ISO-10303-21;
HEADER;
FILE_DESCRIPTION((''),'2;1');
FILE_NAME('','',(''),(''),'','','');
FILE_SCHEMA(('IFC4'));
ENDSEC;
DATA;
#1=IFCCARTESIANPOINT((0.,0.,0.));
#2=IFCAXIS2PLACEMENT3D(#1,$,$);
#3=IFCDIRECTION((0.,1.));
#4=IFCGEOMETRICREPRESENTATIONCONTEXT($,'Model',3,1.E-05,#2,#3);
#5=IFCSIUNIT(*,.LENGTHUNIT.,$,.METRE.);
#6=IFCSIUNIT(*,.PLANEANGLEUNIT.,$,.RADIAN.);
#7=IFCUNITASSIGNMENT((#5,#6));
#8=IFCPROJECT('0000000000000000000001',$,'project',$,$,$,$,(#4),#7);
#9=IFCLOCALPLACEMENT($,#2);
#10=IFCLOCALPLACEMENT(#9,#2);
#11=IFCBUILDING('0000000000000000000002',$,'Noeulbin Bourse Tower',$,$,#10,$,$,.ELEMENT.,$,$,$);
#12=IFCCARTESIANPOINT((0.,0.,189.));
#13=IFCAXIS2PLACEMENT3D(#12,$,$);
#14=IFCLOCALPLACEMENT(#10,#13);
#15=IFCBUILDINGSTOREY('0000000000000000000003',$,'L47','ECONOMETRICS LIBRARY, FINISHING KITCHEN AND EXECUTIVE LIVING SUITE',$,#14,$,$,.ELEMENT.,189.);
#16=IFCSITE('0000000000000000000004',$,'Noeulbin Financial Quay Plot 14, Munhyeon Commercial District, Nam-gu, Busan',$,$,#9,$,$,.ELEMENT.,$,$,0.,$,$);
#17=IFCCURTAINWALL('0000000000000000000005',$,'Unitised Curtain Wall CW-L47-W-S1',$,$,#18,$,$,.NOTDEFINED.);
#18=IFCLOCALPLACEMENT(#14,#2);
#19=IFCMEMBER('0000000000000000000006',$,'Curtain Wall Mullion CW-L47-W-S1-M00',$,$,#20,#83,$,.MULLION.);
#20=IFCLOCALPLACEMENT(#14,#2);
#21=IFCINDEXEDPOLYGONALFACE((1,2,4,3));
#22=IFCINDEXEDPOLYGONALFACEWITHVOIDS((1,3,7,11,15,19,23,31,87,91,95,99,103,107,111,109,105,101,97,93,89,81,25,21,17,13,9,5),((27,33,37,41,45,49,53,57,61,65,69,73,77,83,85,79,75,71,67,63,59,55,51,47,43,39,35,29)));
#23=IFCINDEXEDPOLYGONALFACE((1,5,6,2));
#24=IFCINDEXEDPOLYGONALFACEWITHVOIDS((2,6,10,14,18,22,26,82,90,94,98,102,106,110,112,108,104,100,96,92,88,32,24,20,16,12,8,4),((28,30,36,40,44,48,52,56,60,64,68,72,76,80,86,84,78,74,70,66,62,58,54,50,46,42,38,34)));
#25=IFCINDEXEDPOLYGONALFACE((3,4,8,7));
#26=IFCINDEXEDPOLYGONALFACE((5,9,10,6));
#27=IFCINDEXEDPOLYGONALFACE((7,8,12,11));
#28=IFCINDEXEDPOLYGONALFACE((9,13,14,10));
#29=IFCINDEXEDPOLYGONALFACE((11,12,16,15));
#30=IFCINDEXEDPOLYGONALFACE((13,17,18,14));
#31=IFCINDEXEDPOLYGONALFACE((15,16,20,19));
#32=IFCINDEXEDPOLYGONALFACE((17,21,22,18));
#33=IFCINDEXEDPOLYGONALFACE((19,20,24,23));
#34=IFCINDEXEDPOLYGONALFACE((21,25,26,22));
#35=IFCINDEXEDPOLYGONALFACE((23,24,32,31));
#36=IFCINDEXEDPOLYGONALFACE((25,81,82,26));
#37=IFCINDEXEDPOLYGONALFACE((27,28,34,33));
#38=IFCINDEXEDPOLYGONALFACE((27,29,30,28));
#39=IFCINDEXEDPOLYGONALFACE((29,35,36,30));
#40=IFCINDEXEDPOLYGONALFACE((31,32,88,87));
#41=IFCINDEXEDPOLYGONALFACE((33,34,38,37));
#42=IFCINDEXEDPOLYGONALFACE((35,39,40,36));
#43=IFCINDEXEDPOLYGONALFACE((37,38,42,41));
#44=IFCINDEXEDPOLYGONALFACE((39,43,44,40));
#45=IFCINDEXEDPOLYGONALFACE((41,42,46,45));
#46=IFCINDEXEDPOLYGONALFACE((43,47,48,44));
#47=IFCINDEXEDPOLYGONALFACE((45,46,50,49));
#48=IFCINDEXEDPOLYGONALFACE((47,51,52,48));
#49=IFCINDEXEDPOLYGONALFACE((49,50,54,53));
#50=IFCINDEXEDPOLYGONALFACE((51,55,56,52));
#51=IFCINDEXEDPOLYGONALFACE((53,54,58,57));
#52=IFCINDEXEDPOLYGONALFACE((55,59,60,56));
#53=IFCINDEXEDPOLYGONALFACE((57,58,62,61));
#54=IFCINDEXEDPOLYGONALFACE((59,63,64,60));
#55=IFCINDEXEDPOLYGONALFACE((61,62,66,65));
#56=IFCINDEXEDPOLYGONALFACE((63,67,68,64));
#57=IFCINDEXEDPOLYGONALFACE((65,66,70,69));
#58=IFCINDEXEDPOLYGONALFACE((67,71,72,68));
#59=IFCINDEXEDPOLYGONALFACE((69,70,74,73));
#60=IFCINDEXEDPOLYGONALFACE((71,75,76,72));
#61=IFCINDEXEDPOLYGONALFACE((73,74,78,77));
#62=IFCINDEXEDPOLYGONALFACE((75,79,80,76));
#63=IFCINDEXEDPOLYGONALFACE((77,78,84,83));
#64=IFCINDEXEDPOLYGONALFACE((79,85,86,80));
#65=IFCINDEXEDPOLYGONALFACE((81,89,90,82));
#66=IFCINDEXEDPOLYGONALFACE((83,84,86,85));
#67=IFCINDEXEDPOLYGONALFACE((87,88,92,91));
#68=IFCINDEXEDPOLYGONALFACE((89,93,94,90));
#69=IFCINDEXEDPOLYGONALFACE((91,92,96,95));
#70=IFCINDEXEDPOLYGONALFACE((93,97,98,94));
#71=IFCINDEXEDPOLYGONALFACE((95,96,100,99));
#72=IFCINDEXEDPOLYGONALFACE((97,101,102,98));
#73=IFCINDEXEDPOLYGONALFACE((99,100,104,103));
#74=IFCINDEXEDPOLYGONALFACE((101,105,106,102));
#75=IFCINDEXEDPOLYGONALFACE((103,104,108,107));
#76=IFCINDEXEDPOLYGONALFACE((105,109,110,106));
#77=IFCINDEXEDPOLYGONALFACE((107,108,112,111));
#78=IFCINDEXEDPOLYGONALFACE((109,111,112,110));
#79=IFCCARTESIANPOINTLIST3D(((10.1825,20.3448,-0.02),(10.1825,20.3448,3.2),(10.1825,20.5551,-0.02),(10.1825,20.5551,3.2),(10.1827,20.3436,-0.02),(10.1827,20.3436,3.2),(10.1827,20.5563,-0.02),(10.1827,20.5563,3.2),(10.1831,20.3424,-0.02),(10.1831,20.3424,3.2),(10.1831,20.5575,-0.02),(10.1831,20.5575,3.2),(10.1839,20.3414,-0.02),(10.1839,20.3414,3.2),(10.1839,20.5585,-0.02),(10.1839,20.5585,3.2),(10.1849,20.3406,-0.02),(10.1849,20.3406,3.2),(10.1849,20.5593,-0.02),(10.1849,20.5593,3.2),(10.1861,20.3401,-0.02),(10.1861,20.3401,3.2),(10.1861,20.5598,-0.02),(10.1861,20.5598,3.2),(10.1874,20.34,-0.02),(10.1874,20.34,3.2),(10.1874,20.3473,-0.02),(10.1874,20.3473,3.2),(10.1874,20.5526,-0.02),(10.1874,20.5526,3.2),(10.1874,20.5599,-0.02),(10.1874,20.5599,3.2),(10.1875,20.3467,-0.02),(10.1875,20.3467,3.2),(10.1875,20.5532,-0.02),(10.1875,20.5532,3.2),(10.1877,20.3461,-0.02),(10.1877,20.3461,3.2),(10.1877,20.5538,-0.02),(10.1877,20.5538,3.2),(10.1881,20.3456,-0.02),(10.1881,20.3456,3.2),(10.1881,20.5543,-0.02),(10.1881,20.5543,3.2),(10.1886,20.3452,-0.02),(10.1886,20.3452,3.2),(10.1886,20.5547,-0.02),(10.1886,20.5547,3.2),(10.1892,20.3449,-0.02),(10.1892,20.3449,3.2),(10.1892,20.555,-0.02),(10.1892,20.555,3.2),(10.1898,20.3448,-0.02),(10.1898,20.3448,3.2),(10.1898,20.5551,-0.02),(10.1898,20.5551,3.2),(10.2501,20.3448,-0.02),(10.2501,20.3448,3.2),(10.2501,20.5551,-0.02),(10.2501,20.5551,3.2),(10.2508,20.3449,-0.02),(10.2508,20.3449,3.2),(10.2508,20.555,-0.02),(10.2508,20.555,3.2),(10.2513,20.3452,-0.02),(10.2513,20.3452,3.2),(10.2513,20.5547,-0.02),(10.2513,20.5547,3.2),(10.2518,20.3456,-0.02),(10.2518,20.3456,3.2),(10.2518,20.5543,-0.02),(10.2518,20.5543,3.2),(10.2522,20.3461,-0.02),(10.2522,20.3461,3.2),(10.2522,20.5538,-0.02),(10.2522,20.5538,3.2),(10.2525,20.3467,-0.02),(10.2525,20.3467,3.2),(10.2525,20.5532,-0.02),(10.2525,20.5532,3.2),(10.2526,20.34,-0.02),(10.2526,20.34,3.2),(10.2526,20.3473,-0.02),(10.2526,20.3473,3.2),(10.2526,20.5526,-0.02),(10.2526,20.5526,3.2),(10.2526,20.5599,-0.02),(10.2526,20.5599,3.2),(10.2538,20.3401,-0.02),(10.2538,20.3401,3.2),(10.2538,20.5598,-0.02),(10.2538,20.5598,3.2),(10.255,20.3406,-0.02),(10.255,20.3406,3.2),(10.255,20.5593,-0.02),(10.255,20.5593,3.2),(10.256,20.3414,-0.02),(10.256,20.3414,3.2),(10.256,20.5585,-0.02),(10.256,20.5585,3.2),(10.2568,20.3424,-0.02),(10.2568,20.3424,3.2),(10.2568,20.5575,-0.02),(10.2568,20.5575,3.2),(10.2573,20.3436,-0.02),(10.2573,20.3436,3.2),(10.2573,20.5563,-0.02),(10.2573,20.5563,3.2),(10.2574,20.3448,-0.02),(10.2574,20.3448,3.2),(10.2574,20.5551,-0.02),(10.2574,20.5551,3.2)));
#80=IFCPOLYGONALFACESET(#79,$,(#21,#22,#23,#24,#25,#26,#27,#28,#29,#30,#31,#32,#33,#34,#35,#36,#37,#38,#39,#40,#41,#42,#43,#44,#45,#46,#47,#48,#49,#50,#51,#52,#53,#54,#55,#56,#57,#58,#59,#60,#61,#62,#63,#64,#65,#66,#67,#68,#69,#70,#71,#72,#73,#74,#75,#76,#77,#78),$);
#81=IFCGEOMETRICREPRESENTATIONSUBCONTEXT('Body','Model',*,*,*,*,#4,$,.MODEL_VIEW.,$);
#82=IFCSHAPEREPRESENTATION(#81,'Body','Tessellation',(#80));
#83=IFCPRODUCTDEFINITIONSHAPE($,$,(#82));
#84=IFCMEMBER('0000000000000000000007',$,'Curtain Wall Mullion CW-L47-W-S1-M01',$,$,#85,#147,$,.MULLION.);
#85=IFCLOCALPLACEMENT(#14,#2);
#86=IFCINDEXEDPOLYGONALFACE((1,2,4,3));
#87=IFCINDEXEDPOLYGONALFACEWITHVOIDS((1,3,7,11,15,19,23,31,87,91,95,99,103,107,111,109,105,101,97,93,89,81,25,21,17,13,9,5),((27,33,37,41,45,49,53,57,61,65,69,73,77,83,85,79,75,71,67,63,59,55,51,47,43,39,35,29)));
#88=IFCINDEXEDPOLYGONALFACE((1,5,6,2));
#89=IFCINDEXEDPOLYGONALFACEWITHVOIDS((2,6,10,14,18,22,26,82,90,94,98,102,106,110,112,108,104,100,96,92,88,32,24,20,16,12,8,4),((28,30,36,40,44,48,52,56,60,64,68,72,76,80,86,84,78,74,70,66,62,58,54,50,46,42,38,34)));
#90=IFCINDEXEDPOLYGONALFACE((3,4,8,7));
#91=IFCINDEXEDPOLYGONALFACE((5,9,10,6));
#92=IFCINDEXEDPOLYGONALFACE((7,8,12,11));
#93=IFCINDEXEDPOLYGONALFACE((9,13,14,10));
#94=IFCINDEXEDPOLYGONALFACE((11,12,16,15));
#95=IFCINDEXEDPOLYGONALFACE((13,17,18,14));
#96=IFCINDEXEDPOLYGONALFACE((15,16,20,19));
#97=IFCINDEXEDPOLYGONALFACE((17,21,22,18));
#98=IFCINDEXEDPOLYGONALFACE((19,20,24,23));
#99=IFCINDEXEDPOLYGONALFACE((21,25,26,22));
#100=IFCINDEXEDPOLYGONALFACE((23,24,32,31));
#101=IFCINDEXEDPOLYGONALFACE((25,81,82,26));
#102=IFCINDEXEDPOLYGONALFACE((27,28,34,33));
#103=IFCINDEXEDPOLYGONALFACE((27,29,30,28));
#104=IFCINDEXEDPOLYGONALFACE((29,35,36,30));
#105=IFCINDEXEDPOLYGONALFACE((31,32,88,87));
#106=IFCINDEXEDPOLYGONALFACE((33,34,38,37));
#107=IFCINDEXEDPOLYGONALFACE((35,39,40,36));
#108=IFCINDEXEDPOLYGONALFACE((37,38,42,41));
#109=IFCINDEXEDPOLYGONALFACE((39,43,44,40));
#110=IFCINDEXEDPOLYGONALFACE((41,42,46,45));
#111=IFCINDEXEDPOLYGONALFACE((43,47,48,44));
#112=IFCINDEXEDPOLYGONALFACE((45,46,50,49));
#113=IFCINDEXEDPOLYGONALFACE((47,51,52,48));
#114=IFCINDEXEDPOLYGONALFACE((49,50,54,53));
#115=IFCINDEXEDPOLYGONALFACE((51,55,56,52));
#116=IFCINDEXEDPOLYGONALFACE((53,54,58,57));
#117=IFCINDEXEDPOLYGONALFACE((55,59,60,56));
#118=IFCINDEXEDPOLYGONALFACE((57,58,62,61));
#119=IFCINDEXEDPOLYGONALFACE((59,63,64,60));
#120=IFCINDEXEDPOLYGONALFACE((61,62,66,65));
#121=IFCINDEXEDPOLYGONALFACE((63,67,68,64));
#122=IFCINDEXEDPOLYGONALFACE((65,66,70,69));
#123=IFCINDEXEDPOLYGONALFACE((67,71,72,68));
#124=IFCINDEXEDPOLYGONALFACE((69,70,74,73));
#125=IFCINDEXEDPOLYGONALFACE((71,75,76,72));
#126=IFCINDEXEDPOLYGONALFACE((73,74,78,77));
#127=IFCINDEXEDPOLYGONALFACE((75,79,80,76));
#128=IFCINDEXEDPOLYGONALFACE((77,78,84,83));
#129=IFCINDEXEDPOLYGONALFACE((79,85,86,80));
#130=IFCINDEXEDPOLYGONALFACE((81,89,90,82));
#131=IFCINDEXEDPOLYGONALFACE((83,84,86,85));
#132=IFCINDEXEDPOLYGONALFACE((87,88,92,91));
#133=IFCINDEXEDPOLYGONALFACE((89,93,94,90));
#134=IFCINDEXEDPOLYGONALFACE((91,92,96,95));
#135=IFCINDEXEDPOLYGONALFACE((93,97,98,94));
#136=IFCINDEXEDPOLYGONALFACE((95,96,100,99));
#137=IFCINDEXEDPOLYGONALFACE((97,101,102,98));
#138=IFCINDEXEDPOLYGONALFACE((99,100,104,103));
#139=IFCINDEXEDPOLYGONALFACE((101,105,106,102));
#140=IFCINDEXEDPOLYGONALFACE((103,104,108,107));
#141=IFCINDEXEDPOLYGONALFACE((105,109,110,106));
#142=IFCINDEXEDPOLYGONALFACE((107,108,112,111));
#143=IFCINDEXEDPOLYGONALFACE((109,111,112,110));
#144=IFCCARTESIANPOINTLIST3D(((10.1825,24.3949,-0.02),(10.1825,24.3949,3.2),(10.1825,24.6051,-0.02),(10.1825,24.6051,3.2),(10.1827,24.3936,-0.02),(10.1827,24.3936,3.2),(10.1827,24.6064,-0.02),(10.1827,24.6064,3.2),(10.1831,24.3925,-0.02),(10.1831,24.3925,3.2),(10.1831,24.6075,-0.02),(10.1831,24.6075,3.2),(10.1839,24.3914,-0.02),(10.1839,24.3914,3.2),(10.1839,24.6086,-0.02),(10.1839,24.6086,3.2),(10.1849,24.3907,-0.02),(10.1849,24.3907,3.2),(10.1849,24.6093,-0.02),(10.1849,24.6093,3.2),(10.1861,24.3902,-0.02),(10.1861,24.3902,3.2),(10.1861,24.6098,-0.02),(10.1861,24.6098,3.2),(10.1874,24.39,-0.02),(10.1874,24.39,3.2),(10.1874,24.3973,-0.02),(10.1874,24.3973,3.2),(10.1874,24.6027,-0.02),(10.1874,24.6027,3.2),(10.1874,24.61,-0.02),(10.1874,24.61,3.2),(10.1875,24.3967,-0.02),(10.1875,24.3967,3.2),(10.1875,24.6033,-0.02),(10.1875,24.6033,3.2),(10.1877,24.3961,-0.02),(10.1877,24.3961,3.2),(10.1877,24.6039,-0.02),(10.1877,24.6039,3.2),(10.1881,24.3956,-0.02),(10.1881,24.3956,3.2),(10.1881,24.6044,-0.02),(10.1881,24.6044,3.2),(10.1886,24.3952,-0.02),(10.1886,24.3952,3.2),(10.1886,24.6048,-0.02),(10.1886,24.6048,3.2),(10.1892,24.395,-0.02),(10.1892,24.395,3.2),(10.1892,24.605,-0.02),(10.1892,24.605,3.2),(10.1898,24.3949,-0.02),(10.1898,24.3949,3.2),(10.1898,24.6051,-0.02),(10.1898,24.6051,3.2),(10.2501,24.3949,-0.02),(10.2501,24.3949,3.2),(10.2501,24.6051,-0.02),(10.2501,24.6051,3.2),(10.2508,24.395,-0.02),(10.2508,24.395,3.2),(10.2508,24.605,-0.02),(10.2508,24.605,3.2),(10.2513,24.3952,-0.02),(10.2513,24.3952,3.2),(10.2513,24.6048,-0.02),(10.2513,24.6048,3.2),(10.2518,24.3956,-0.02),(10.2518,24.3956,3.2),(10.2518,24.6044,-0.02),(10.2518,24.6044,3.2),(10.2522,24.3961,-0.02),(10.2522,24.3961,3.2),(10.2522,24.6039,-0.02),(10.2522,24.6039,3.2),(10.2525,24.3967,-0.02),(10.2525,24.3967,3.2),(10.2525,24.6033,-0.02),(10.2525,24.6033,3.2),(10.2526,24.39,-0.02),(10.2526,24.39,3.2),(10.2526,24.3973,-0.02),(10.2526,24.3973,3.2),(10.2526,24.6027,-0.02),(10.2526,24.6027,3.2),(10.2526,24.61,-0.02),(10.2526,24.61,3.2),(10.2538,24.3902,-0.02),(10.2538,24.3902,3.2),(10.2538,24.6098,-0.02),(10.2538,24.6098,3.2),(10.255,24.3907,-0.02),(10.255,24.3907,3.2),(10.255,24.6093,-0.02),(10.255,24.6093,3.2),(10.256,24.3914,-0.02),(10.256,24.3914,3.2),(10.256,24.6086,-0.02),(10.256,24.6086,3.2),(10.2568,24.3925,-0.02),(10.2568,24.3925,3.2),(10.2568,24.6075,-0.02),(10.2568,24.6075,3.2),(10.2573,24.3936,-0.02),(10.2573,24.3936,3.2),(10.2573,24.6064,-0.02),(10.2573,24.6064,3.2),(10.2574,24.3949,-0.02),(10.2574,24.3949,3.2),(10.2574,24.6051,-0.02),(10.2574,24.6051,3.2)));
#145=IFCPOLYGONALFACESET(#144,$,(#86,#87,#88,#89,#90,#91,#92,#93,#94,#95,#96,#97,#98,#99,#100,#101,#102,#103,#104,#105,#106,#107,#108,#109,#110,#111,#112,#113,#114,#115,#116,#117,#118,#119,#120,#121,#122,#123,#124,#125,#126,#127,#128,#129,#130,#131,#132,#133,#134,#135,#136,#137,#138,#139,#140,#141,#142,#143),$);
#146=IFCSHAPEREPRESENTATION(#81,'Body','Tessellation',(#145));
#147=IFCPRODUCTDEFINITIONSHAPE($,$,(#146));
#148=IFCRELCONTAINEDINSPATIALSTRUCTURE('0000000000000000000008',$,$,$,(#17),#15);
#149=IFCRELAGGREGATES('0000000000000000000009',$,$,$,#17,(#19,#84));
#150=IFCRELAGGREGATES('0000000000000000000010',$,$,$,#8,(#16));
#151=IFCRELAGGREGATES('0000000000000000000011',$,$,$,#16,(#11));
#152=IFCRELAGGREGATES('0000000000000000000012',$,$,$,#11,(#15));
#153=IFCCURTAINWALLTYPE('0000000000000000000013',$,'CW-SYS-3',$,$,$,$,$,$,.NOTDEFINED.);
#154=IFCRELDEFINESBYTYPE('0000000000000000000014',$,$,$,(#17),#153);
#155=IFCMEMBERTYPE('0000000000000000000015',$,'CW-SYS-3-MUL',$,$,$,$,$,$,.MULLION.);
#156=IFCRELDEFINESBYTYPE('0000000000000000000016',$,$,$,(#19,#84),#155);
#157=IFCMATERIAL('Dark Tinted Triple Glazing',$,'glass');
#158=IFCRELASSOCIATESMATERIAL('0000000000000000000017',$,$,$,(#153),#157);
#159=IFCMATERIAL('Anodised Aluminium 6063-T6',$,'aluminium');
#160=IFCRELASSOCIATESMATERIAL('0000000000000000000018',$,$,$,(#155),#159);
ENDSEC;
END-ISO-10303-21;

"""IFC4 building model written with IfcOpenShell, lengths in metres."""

from ifc_helpers import new_model, si_unit, direction, frame, origin, origin_2d, place, context, subcontext, project, spatial, hollow_rectangle, extrude, material, material_profile, profile_set, type_object, element, aggregate, save


model = new_model("IFC4")

# Units and contexts
model_context = context("Model", 3, precision=1e-05, world=origin(), true_north=direction((0.0, 1.0)))
body_context = subcontext(model_context, "Body", "Model", "MODEL_VIEW")
ifc_project = project(units=[si_unit("LENGTHUNIT", "METRE"), si_unit("PLANEANGLEUNIT", "RADIAN")], contexts=[model_context])

# Site, building, storey
site_placement = place(None, origin())
site = spatial("IfcSite", under=ifc_project, at=site_placement, Name="Noeulbin Financial Quay Plot 14, Munhyeon Commercial District, Nam-gu, Busan", CompositionType="ELEMENT", RefElevation=0.0)
building_placement = place(site_placement, origin())
building = spatial("IfcBuilding", under=site, at=building_placement, Name="Noeulbin Bourse Tower", CompositionType="ELEMENT")
storey_placement = place(building_placement, frame((0.0, 0.0, 189.0)))
storey = spatial("IfcBuildingStorey", under=building, at=storey_placement, Name="L47", Description="ECONOMETRICS LIBRARY, FINISHING KITCHEN AND EXECUTIVE LIVING SUITE", CompositionType="ELEMENT", Elevation=189.0)

# Curtain wall, members
ifc_material_1 = material(Name="Dark Tinted Triple Glazing", Category="glass")
curtain_wall_type = type_object("IfcCurtainWallType", Name="CW-SYS-3", PredefinedType="NOTDEFINED", material=ifc_material_1)
curtain_wall_placement = place(storey_placement, origin())
curtain_wall = element("IfcCurtainWall", 1, at=curtain_wall_placement, inside=storey, type_object=curtain_wall_type, Name="Unitised Curtain Wall CW-L47-W-S1", PredefinedType="NOTDEFINED")
ifc_material_2 = material(Name="Anodised Aluminium 6063-T6", Category="aluminium")
ifc_material_profile_1 = material_profile(ifc_material_2, hollow_rectangle(XDim=0.075, YDim=0.22, WallThickness=0.0049, InnerFilletRadius=0.0024, OuterFilletRadius=0.0049, at=origin_2d()), Name="ALU-MULL-75x220x5", Category="LoadBearing")
ifc_profile_set_1 = profile_set([ifc_material_profile_1], Name="Anodised Aluminium 6063-T6")
member_type_1 = type_object("IfcMemberType", Name="CW-SYS-3-MUL", PredefinedType="MULLION", material=ifc_profile_set_1)
member_1_placement = place(storey_placement, frame((10.22, 20.45, -0.02), z_axis=(0.0, 0.0, 1.0), x_axis=(1.0, 0.0, 0.0)))
member_1 = element("IfcMember", 2, at=member_1_placement, type_object=member_type_1, Name="Curtain Wall Mullion CW-L47-W-S1-M00", PredefinedType="MULLION", context=body_context, shape_type="SweptSolid", body=[
    extrude(hollow_rectangle(XDim=0.075, YDim=0.22, WallThickness=0.0049, InnerFilletRadius=0.0024, OuterFilletRadius=0.0049, at=origin_2d()), origin(), (0.0, 0.0, 1.0), 3.22),
])
member_2_placement = place(storey_placement, frame((10.22, 24.5, -0.02), z_axis=(0.0, 0.0, 1.0), x_axis=(1.0, 0.0, 0.0)))
member_2 = element("IfcMember", 3, at=member_2_placement, type_object=member_type_1, Name="Curtain Wall Mullion CW-L47-W-S1-M01", PredefinedType="MULLION", context=body_context, shape_type="SweptSolid", body=[
    extrude(hollow_rectangle(XDim=0.075, YDim=0.22, WallThickness=0.0049, InnerFilletRadius=0.0024, OuterFilletRadius=0.0049, at=origin_2d()), origin(), (0.0, 0.0, 1.0), 3.22),
])
aggregate(curtain_wall, [member_1, member_2])

save(model, "model.ifc")
